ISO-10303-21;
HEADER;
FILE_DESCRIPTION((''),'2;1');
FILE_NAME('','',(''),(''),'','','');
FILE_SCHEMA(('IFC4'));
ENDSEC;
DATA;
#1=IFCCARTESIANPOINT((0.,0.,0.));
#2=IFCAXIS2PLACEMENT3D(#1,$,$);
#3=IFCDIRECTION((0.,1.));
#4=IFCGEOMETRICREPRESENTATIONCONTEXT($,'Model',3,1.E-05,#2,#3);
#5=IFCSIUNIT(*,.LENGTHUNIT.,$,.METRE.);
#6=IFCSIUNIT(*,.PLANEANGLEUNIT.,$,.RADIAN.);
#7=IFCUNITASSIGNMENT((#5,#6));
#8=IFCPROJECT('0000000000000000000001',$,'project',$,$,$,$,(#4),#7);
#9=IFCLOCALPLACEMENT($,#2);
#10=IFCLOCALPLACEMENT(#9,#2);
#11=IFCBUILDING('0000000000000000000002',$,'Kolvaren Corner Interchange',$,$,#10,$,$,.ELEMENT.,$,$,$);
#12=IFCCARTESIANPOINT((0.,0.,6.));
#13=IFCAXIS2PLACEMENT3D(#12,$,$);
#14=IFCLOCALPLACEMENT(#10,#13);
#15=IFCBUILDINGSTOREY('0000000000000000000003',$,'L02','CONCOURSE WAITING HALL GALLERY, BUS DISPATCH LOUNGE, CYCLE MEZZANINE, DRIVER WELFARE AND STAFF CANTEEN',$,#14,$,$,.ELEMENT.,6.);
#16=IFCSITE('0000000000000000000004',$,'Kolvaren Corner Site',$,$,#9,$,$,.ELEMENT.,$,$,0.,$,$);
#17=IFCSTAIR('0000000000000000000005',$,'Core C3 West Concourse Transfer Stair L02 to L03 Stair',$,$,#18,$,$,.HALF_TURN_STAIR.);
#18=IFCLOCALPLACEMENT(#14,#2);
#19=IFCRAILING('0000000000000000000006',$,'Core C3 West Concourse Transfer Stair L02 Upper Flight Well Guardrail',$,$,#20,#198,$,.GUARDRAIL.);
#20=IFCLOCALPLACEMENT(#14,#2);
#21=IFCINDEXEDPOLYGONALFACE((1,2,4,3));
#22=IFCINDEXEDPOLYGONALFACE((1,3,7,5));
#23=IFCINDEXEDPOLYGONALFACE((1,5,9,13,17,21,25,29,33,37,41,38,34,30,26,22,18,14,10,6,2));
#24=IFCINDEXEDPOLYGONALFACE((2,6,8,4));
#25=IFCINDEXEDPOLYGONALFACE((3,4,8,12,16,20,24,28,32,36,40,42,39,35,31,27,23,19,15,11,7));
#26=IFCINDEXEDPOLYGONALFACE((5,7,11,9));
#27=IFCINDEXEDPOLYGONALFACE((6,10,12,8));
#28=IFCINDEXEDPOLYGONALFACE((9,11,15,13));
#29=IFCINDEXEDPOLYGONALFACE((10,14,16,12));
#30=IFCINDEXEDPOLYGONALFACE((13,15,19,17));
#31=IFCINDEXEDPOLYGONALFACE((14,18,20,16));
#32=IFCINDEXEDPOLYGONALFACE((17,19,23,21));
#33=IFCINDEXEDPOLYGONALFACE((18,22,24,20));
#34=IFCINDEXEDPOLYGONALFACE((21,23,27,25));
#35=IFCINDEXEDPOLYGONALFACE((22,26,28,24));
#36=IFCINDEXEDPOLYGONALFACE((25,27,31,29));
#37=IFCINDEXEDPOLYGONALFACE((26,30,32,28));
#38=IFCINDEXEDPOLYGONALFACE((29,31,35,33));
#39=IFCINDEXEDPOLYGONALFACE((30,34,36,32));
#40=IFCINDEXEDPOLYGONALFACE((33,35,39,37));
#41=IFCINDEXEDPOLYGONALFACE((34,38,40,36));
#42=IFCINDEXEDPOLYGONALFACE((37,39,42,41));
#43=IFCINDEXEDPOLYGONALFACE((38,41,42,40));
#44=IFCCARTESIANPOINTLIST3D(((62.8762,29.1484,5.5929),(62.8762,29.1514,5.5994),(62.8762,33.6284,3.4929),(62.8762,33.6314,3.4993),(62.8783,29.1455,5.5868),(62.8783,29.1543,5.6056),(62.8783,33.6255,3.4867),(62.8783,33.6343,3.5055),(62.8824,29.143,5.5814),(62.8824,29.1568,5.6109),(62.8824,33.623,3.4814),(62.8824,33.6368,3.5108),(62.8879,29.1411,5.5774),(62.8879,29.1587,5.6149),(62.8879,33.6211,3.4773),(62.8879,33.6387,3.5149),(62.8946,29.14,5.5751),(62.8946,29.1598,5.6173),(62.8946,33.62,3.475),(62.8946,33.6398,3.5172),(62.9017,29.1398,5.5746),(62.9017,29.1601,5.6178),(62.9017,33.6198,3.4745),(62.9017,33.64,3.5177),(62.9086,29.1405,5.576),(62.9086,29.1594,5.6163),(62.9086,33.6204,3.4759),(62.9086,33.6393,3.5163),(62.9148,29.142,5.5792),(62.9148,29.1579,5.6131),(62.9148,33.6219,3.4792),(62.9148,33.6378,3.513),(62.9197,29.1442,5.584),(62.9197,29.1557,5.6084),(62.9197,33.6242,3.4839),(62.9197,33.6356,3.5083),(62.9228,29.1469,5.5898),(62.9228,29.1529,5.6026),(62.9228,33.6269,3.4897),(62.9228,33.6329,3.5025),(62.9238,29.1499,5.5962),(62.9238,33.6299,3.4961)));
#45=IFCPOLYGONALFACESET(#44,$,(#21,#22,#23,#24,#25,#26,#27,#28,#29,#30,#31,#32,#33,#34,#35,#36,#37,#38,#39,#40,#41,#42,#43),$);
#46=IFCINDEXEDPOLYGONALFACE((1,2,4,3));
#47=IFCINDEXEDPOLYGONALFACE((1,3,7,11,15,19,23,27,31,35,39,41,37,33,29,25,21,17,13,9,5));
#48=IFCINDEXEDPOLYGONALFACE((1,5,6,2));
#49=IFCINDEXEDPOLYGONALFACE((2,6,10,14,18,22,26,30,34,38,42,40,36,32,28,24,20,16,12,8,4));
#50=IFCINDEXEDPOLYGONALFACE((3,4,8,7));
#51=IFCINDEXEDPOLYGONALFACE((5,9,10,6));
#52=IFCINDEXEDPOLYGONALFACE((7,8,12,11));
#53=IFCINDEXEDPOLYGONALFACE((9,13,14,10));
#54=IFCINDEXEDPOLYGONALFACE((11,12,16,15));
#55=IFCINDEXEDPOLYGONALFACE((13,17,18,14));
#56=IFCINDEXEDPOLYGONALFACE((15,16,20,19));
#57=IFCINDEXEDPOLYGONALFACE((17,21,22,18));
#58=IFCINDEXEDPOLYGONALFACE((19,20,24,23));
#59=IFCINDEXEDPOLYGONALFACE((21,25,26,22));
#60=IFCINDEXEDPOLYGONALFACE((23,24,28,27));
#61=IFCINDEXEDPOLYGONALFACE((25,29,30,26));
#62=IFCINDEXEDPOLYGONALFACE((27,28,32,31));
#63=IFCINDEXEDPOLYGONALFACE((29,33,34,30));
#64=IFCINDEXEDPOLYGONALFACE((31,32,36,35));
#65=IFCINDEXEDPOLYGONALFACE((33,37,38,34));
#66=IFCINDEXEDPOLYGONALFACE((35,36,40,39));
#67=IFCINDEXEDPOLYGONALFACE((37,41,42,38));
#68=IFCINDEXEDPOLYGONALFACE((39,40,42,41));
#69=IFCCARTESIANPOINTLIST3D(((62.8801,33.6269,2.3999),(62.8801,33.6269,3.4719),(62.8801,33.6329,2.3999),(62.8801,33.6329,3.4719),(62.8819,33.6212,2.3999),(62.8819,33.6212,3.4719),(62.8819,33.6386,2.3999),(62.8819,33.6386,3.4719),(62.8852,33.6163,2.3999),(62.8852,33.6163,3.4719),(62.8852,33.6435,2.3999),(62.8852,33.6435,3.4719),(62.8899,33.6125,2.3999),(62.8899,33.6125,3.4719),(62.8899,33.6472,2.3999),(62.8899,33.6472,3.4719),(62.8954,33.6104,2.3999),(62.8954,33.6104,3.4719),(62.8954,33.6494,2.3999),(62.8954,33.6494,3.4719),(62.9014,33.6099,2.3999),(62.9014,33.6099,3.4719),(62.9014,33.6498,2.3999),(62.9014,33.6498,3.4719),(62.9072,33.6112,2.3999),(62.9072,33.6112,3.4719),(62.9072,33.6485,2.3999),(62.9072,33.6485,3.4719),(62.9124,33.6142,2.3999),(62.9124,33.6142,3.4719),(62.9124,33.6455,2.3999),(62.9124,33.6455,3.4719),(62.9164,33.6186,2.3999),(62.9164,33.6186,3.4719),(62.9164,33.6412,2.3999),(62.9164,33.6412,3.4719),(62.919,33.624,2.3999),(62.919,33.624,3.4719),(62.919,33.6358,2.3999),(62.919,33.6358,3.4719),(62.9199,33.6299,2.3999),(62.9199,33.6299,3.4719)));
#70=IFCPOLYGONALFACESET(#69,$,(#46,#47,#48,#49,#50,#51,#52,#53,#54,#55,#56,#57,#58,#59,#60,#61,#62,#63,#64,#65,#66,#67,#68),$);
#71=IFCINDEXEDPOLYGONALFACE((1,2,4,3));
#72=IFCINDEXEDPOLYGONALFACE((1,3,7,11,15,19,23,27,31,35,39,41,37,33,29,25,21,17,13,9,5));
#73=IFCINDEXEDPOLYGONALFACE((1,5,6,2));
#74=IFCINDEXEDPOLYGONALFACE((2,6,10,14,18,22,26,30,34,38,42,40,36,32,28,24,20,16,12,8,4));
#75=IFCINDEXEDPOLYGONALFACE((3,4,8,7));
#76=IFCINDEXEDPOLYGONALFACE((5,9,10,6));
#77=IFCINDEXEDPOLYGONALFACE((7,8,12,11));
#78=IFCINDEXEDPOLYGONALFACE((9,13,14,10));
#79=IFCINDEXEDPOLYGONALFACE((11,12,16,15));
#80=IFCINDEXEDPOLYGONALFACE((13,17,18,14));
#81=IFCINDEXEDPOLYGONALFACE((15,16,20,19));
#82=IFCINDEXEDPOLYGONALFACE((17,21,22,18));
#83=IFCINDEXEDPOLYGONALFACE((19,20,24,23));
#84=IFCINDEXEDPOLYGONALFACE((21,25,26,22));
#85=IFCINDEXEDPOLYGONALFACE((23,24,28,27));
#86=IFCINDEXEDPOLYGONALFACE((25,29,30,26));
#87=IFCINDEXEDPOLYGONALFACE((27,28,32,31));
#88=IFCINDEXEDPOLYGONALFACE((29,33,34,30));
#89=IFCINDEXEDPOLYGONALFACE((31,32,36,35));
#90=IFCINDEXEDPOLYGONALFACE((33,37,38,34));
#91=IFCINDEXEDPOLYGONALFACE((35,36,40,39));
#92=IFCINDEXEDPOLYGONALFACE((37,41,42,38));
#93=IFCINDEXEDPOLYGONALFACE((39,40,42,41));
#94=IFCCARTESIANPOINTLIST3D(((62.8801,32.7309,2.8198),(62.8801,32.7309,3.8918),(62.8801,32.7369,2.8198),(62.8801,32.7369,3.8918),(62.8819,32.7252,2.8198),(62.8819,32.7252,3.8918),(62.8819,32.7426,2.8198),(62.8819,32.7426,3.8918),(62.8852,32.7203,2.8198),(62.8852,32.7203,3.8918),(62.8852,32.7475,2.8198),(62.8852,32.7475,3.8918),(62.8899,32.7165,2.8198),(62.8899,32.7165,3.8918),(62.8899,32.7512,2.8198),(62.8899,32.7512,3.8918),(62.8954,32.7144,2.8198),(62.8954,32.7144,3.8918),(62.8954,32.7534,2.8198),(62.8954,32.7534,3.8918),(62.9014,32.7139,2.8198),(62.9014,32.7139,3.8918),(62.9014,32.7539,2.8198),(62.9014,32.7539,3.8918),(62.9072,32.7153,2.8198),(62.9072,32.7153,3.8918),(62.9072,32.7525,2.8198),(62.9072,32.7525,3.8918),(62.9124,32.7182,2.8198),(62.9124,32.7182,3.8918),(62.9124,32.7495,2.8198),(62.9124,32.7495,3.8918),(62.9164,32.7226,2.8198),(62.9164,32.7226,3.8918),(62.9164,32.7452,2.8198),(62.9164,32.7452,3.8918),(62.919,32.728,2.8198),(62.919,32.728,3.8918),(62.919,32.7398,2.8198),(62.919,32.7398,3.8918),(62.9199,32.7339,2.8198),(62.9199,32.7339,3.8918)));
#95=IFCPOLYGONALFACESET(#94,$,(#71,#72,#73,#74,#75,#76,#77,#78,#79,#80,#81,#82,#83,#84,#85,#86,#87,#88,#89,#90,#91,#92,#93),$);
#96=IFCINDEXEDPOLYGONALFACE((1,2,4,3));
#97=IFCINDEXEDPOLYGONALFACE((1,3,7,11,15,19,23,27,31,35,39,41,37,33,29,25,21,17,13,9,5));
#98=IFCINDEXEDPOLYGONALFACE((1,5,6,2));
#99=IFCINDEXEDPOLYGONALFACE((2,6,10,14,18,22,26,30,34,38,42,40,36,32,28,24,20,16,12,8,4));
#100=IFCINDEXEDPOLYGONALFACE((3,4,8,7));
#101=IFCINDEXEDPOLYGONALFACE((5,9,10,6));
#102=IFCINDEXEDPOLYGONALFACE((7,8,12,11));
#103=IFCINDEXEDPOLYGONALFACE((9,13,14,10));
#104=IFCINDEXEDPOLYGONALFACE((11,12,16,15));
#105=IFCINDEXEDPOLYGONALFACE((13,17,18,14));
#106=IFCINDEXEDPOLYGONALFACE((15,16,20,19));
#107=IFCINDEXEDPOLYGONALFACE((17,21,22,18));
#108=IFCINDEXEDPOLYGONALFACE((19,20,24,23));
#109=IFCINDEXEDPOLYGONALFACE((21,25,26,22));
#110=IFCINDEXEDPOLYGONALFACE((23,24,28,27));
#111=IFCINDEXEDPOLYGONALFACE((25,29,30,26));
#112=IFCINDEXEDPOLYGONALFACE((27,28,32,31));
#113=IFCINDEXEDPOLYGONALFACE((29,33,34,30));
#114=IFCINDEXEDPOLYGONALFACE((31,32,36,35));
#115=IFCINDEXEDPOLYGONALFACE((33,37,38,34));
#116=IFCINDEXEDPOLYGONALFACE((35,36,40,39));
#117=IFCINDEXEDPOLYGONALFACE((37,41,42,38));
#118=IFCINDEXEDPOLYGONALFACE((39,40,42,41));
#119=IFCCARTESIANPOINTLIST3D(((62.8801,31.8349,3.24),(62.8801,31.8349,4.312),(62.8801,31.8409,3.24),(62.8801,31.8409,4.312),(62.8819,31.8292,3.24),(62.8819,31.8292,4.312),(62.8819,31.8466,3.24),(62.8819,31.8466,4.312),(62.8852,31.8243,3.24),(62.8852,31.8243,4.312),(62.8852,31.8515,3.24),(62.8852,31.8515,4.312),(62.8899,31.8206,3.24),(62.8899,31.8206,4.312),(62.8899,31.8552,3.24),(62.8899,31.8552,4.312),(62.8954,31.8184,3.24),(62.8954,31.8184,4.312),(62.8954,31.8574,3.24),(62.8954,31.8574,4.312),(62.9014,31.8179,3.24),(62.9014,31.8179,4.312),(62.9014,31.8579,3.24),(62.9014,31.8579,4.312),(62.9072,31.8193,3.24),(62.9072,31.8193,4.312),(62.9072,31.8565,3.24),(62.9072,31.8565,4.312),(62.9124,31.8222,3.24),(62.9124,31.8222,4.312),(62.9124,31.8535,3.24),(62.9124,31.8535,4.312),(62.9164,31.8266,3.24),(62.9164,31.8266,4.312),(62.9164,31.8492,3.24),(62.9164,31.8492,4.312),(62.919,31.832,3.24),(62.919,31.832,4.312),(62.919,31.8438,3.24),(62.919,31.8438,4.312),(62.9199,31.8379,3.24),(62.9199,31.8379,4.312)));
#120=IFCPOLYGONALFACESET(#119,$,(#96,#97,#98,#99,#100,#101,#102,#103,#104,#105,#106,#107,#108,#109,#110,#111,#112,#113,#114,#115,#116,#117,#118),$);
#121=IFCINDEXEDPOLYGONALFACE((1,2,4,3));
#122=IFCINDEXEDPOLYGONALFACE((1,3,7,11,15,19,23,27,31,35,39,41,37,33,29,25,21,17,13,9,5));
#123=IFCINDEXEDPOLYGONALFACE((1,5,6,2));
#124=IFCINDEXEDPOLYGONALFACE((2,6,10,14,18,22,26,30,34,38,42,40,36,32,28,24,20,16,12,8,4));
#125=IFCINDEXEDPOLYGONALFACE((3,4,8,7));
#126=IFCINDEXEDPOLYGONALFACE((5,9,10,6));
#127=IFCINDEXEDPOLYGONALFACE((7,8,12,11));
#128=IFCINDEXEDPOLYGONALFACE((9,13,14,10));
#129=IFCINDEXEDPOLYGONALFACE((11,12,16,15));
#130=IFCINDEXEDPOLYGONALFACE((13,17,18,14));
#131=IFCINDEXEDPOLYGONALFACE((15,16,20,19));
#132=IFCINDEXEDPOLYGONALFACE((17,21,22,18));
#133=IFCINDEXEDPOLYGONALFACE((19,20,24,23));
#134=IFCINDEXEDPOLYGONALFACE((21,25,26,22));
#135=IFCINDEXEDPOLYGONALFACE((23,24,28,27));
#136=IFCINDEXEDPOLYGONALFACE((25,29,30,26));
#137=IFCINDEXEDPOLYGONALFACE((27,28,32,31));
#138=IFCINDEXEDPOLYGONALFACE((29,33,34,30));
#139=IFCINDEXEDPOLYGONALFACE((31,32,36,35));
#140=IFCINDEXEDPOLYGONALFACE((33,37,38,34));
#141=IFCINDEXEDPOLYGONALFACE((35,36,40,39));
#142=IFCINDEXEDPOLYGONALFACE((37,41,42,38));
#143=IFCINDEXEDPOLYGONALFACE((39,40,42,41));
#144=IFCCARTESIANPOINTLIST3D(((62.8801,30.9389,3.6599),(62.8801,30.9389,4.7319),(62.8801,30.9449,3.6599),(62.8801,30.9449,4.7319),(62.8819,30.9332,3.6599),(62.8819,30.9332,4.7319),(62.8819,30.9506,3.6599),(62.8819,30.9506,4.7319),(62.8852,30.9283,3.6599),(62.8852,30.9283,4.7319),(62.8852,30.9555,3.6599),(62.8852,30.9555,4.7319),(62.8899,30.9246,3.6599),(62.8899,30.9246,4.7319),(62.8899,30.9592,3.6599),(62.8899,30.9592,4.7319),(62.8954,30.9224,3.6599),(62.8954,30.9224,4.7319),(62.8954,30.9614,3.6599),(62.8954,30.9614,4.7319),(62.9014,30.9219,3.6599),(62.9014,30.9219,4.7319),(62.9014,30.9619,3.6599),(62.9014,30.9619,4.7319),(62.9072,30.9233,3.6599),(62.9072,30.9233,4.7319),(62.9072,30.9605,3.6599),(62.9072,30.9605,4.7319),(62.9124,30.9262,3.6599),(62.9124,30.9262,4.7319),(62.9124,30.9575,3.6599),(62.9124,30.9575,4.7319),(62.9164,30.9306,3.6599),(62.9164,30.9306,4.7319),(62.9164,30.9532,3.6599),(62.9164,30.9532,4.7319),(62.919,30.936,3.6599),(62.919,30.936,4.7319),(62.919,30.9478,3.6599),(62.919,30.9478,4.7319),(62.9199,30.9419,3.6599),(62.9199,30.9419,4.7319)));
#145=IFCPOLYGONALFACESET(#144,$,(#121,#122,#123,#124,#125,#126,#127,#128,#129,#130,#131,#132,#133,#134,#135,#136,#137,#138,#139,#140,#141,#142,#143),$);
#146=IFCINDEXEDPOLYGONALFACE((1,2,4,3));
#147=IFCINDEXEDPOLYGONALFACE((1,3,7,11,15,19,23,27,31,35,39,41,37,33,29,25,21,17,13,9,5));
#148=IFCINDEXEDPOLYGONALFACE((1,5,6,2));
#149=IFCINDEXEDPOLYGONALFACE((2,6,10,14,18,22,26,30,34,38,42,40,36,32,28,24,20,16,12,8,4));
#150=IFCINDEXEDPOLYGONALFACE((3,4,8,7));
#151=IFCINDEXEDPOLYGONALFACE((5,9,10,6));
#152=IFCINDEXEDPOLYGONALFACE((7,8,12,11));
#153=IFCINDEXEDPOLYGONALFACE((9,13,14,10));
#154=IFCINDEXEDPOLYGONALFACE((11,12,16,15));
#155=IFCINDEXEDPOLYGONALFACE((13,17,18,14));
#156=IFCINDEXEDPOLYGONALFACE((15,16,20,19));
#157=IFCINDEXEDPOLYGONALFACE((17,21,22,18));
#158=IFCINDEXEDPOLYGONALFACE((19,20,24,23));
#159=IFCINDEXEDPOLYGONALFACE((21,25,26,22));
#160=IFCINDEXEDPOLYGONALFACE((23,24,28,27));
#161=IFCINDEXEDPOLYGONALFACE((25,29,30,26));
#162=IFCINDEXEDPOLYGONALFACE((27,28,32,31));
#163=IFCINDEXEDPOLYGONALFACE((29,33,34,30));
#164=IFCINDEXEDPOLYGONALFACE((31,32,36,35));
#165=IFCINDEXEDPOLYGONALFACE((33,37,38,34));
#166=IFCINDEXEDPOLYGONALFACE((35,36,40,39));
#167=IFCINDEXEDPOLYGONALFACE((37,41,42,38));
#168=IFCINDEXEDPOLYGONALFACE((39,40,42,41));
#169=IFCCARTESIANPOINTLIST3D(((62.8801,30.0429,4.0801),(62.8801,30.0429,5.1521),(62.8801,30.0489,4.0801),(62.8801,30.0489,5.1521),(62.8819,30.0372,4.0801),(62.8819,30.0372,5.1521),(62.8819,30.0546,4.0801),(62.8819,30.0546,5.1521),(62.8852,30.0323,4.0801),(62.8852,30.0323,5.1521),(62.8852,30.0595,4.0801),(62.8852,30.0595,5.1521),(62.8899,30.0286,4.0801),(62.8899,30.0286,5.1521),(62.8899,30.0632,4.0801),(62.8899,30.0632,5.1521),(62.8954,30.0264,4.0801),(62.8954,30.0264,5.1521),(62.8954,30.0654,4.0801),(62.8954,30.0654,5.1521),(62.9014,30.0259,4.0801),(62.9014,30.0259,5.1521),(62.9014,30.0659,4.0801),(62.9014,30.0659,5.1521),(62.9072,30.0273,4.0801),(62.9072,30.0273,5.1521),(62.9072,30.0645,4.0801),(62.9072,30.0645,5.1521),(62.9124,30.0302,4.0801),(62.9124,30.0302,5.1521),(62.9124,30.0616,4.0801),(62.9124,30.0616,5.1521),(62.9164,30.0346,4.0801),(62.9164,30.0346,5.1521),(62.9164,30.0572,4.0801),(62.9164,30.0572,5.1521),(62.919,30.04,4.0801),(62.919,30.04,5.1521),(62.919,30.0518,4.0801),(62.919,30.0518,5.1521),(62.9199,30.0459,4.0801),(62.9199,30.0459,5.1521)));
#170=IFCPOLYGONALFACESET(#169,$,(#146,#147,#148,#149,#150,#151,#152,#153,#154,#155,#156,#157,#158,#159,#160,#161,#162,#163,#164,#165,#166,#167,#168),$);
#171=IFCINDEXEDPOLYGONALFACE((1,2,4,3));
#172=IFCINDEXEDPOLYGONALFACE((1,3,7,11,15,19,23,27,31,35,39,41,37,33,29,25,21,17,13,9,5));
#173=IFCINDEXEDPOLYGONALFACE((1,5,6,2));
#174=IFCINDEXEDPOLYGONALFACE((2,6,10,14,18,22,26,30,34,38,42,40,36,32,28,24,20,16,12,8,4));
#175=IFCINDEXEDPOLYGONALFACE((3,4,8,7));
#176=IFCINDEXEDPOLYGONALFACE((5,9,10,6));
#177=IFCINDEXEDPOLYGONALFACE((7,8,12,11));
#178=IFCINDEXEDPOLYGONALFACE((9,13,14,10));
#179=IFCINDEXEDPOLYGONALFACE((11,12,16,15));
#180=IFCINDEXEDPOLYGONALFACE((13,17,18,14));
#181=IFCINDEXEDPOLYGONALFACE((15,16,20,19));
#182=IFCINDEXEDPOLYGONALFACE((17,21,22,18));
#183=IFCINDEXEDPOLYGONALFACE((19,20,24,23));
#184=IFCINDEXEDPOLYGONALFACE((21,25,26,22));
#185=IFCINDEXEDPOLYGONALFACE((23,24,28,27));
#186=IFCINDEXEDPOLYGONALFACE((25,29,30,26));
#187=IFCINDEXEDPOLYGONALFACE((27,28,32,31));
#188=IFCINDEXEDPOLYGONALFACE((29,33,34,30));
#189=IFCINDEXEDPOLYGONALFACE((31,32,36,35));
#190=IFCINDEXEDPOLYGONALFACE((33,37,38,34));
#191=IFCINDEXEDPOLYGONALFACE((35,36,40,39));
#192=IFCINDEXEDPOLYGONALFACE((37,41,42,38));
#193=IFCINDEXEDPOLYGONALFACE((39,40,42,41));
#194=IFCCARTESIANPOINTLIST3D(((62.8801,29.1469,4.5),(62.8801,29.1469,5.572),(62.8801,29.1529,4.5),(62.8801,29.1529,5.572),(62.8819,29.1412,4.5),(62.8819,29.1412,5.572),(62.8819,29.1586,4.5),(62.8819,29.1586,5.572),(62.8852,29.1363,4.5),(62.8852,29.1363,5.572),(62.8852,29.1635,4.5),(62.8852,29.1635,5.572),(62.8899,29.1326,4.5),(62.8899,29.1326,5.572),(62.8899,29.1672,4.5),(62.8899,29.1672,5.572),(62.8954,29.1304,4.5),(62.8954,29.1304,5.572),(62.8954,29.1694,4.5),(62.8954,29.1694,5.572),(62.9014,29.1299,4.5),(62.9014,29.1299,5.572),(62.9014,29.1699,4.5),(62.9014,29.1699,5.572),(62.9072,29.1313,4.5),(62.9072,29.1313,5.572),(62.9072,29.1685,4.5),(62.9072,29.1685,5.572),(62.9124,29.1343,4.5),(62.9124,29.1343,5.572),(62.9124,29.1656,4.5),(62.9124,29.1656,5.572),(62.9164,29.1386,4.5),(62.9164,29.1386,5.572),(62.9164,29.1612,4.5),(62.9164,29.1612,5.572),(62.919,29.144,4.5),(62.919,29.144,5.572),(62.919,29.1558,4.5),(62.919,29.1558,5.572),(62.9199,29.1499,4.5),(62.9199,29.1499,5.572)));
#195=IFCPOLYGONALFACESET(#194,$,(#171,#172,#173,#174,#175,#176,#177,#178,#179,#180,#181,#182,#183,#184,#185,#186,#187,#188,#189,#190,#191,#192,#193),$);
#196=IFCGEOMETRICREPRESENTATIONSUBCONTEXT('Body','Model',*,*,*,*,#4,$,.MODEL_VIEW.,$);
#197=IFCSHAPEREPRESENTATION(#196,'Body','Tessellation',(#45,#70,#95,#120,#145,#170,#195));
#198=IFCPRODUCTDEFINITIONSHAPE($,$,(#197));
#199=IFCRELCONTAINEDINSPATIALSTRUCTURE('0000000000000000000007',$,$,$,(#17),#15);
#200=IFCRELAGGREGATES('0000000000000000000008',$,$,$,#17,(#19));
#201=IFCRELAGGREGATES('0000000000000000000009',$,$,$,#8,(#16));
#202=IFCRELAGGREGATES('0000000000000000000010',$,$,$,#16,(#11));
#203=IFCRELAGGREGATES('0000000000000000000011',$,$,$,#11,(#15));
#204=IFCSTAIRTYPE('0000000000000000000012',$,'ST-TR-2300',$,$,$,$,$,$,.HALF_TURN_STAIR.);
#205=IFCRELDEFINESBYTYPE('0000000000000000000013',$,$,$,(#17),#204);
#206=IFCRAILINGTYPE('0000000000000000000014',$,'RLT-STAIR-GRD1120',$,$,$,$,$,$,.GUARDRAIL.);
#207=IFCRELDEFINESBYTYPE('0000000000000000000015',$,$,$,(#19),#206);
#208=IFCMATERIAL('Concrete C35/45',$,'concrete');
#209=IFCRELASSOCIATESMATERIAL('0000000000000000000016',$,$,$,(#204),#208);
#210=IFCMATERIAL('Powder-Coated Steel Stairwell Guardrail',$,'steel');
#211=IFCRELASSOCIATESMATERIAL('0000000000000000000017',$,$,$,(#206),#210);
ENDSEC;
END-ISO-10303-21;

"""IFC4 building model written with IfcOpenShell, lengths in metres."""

from ifc_helpers import new_model, si_unit, direction, frame, origin, origin_2d, place, context, subcontext, project, spatial, circle, extrude, material, type_object, element, aggregate, save


model = new_model("IFC4")

# Units and contexts
model_context = context("Model", 3, precision=1e-05, world=origin(), true_north=direction((0.0, 1.0)))
body_context = subcontext(model_context, "Body", "Model", "MODEL_VIEW")
ifc_project = project(units=[si_unit("LENGTHUNIT", "METRE"), si_unit("PLANEANGLEUNIT", "RADIAN")], contexts=[model_context])

# Site, building, storey
site_placement = place(None, origin())
site = spatial("IfcSite", under=ifc_project, at=site_placement, Name="Kolvaren Corner Site", CompositionType="ELEMENT", RefElevation=0.0)
building_placement = place(site_placement, origin())
building = spatial("IfcBuilding", under=site, at=building_placement, Name="Kolvaren Corner Interchange", CompositionType="ELEMENT")
storey_placement = place(building_placement, frame((0.0, 0.0, 6.0)))
storey = spatial("IfcBuildingStorey", under=building, at=storey_placement, Name="L02", Description="CONCOURSE WAITING HALL GALLERY, BUS DISPATCH LOUNGE, CYCLE MEZZANINE, DRIVER WELFARE AND STAFF CANTEEN", CompositionType="ELEMENT", Elevation=6.0)

# Stair
ifc_material_1 = material(Name="Concrete C35/45", Category="concrete")
stair_type = type_object("IfcStairType", Name="ST-TR-2300", PredefinedType="HALF_TURN_STAIR", material=ifc_material_1)
stair_placement = place(storey_placement, origin())
stair = element("IfcStair", 1, at=stair_placement, inside=storey, type_object=stair_type, Name="Core C3 West Concourse Transfer Stair L02 to L03 Stair", PredefinedType="HALF_TURN_STAIR")

# Railing
ifc_material_2 = material(Name="Powder-Coated Steel Stairwell Guardrail", Category="steel")
railing_type_1 = type_object("IfcRailingType", Name="RLT-STAIR-GRD1120", PredefinedType="GUARDRAIL", material=ifc_material_2)
railing_1_placement = place(storey_placement, frame((62.8999, 33.6299, 2.3999)))
railing_1 = element("IfcRailing", 2, at=railing_1_placement, type_object=railing_type_1, Name="Core C3 West Concourse Transfer Stair L02 Upper Flight Well Guardrail", PredefinedType="GUARDRAIL", context=body_context, shape_type="SweptSolid", body=[
    extrude(circle(Radius=0.0239, at=origin_2d()), frame((0.0, 0.0, 1.0962), z_axis=(0.0, -0.905451, 0.424452), x_axis=(1.0, 0.0, 0.0)), (0.0, 0.0, 1.0), 4.9478),
    extrude(circle(Radius=0.02, at=origin_2d()), origin(), (0.0, 0.0, 1.0), 1.072),
    extrude(circle(Radius=0.02, at=origin_2d()), frame((0.0, -0.896, 0.4199)), (0.0, 0.0, 1.0), 1.072),
    extrude(circle(Radius=0.02, at=origin_2d()), frame((0.0, -1.792, 0.8401)), (0.0, 0.0, 1.0), 1.072),
    extrude(circle(Radius=0.02, at=origin_2d()), frame((0.0, -2.688, 1.26)), (0.0, 0.0, 1.0), 1.072),
    extrude(circle(Radius=0.02, at=origin_2d()), frame((0.0, -3.584, 1.6802)), (0.0, 0.0, 1.0), 1.072),
    extrude(circle(Radius=0.02, at=origin_2d()), frame((0.0, -4.48, 2.1001)), (0.0, 0.0, 1.0), 1.072),
])
aggregate(stair, [railing_1])

save(model, "model.ifc")
